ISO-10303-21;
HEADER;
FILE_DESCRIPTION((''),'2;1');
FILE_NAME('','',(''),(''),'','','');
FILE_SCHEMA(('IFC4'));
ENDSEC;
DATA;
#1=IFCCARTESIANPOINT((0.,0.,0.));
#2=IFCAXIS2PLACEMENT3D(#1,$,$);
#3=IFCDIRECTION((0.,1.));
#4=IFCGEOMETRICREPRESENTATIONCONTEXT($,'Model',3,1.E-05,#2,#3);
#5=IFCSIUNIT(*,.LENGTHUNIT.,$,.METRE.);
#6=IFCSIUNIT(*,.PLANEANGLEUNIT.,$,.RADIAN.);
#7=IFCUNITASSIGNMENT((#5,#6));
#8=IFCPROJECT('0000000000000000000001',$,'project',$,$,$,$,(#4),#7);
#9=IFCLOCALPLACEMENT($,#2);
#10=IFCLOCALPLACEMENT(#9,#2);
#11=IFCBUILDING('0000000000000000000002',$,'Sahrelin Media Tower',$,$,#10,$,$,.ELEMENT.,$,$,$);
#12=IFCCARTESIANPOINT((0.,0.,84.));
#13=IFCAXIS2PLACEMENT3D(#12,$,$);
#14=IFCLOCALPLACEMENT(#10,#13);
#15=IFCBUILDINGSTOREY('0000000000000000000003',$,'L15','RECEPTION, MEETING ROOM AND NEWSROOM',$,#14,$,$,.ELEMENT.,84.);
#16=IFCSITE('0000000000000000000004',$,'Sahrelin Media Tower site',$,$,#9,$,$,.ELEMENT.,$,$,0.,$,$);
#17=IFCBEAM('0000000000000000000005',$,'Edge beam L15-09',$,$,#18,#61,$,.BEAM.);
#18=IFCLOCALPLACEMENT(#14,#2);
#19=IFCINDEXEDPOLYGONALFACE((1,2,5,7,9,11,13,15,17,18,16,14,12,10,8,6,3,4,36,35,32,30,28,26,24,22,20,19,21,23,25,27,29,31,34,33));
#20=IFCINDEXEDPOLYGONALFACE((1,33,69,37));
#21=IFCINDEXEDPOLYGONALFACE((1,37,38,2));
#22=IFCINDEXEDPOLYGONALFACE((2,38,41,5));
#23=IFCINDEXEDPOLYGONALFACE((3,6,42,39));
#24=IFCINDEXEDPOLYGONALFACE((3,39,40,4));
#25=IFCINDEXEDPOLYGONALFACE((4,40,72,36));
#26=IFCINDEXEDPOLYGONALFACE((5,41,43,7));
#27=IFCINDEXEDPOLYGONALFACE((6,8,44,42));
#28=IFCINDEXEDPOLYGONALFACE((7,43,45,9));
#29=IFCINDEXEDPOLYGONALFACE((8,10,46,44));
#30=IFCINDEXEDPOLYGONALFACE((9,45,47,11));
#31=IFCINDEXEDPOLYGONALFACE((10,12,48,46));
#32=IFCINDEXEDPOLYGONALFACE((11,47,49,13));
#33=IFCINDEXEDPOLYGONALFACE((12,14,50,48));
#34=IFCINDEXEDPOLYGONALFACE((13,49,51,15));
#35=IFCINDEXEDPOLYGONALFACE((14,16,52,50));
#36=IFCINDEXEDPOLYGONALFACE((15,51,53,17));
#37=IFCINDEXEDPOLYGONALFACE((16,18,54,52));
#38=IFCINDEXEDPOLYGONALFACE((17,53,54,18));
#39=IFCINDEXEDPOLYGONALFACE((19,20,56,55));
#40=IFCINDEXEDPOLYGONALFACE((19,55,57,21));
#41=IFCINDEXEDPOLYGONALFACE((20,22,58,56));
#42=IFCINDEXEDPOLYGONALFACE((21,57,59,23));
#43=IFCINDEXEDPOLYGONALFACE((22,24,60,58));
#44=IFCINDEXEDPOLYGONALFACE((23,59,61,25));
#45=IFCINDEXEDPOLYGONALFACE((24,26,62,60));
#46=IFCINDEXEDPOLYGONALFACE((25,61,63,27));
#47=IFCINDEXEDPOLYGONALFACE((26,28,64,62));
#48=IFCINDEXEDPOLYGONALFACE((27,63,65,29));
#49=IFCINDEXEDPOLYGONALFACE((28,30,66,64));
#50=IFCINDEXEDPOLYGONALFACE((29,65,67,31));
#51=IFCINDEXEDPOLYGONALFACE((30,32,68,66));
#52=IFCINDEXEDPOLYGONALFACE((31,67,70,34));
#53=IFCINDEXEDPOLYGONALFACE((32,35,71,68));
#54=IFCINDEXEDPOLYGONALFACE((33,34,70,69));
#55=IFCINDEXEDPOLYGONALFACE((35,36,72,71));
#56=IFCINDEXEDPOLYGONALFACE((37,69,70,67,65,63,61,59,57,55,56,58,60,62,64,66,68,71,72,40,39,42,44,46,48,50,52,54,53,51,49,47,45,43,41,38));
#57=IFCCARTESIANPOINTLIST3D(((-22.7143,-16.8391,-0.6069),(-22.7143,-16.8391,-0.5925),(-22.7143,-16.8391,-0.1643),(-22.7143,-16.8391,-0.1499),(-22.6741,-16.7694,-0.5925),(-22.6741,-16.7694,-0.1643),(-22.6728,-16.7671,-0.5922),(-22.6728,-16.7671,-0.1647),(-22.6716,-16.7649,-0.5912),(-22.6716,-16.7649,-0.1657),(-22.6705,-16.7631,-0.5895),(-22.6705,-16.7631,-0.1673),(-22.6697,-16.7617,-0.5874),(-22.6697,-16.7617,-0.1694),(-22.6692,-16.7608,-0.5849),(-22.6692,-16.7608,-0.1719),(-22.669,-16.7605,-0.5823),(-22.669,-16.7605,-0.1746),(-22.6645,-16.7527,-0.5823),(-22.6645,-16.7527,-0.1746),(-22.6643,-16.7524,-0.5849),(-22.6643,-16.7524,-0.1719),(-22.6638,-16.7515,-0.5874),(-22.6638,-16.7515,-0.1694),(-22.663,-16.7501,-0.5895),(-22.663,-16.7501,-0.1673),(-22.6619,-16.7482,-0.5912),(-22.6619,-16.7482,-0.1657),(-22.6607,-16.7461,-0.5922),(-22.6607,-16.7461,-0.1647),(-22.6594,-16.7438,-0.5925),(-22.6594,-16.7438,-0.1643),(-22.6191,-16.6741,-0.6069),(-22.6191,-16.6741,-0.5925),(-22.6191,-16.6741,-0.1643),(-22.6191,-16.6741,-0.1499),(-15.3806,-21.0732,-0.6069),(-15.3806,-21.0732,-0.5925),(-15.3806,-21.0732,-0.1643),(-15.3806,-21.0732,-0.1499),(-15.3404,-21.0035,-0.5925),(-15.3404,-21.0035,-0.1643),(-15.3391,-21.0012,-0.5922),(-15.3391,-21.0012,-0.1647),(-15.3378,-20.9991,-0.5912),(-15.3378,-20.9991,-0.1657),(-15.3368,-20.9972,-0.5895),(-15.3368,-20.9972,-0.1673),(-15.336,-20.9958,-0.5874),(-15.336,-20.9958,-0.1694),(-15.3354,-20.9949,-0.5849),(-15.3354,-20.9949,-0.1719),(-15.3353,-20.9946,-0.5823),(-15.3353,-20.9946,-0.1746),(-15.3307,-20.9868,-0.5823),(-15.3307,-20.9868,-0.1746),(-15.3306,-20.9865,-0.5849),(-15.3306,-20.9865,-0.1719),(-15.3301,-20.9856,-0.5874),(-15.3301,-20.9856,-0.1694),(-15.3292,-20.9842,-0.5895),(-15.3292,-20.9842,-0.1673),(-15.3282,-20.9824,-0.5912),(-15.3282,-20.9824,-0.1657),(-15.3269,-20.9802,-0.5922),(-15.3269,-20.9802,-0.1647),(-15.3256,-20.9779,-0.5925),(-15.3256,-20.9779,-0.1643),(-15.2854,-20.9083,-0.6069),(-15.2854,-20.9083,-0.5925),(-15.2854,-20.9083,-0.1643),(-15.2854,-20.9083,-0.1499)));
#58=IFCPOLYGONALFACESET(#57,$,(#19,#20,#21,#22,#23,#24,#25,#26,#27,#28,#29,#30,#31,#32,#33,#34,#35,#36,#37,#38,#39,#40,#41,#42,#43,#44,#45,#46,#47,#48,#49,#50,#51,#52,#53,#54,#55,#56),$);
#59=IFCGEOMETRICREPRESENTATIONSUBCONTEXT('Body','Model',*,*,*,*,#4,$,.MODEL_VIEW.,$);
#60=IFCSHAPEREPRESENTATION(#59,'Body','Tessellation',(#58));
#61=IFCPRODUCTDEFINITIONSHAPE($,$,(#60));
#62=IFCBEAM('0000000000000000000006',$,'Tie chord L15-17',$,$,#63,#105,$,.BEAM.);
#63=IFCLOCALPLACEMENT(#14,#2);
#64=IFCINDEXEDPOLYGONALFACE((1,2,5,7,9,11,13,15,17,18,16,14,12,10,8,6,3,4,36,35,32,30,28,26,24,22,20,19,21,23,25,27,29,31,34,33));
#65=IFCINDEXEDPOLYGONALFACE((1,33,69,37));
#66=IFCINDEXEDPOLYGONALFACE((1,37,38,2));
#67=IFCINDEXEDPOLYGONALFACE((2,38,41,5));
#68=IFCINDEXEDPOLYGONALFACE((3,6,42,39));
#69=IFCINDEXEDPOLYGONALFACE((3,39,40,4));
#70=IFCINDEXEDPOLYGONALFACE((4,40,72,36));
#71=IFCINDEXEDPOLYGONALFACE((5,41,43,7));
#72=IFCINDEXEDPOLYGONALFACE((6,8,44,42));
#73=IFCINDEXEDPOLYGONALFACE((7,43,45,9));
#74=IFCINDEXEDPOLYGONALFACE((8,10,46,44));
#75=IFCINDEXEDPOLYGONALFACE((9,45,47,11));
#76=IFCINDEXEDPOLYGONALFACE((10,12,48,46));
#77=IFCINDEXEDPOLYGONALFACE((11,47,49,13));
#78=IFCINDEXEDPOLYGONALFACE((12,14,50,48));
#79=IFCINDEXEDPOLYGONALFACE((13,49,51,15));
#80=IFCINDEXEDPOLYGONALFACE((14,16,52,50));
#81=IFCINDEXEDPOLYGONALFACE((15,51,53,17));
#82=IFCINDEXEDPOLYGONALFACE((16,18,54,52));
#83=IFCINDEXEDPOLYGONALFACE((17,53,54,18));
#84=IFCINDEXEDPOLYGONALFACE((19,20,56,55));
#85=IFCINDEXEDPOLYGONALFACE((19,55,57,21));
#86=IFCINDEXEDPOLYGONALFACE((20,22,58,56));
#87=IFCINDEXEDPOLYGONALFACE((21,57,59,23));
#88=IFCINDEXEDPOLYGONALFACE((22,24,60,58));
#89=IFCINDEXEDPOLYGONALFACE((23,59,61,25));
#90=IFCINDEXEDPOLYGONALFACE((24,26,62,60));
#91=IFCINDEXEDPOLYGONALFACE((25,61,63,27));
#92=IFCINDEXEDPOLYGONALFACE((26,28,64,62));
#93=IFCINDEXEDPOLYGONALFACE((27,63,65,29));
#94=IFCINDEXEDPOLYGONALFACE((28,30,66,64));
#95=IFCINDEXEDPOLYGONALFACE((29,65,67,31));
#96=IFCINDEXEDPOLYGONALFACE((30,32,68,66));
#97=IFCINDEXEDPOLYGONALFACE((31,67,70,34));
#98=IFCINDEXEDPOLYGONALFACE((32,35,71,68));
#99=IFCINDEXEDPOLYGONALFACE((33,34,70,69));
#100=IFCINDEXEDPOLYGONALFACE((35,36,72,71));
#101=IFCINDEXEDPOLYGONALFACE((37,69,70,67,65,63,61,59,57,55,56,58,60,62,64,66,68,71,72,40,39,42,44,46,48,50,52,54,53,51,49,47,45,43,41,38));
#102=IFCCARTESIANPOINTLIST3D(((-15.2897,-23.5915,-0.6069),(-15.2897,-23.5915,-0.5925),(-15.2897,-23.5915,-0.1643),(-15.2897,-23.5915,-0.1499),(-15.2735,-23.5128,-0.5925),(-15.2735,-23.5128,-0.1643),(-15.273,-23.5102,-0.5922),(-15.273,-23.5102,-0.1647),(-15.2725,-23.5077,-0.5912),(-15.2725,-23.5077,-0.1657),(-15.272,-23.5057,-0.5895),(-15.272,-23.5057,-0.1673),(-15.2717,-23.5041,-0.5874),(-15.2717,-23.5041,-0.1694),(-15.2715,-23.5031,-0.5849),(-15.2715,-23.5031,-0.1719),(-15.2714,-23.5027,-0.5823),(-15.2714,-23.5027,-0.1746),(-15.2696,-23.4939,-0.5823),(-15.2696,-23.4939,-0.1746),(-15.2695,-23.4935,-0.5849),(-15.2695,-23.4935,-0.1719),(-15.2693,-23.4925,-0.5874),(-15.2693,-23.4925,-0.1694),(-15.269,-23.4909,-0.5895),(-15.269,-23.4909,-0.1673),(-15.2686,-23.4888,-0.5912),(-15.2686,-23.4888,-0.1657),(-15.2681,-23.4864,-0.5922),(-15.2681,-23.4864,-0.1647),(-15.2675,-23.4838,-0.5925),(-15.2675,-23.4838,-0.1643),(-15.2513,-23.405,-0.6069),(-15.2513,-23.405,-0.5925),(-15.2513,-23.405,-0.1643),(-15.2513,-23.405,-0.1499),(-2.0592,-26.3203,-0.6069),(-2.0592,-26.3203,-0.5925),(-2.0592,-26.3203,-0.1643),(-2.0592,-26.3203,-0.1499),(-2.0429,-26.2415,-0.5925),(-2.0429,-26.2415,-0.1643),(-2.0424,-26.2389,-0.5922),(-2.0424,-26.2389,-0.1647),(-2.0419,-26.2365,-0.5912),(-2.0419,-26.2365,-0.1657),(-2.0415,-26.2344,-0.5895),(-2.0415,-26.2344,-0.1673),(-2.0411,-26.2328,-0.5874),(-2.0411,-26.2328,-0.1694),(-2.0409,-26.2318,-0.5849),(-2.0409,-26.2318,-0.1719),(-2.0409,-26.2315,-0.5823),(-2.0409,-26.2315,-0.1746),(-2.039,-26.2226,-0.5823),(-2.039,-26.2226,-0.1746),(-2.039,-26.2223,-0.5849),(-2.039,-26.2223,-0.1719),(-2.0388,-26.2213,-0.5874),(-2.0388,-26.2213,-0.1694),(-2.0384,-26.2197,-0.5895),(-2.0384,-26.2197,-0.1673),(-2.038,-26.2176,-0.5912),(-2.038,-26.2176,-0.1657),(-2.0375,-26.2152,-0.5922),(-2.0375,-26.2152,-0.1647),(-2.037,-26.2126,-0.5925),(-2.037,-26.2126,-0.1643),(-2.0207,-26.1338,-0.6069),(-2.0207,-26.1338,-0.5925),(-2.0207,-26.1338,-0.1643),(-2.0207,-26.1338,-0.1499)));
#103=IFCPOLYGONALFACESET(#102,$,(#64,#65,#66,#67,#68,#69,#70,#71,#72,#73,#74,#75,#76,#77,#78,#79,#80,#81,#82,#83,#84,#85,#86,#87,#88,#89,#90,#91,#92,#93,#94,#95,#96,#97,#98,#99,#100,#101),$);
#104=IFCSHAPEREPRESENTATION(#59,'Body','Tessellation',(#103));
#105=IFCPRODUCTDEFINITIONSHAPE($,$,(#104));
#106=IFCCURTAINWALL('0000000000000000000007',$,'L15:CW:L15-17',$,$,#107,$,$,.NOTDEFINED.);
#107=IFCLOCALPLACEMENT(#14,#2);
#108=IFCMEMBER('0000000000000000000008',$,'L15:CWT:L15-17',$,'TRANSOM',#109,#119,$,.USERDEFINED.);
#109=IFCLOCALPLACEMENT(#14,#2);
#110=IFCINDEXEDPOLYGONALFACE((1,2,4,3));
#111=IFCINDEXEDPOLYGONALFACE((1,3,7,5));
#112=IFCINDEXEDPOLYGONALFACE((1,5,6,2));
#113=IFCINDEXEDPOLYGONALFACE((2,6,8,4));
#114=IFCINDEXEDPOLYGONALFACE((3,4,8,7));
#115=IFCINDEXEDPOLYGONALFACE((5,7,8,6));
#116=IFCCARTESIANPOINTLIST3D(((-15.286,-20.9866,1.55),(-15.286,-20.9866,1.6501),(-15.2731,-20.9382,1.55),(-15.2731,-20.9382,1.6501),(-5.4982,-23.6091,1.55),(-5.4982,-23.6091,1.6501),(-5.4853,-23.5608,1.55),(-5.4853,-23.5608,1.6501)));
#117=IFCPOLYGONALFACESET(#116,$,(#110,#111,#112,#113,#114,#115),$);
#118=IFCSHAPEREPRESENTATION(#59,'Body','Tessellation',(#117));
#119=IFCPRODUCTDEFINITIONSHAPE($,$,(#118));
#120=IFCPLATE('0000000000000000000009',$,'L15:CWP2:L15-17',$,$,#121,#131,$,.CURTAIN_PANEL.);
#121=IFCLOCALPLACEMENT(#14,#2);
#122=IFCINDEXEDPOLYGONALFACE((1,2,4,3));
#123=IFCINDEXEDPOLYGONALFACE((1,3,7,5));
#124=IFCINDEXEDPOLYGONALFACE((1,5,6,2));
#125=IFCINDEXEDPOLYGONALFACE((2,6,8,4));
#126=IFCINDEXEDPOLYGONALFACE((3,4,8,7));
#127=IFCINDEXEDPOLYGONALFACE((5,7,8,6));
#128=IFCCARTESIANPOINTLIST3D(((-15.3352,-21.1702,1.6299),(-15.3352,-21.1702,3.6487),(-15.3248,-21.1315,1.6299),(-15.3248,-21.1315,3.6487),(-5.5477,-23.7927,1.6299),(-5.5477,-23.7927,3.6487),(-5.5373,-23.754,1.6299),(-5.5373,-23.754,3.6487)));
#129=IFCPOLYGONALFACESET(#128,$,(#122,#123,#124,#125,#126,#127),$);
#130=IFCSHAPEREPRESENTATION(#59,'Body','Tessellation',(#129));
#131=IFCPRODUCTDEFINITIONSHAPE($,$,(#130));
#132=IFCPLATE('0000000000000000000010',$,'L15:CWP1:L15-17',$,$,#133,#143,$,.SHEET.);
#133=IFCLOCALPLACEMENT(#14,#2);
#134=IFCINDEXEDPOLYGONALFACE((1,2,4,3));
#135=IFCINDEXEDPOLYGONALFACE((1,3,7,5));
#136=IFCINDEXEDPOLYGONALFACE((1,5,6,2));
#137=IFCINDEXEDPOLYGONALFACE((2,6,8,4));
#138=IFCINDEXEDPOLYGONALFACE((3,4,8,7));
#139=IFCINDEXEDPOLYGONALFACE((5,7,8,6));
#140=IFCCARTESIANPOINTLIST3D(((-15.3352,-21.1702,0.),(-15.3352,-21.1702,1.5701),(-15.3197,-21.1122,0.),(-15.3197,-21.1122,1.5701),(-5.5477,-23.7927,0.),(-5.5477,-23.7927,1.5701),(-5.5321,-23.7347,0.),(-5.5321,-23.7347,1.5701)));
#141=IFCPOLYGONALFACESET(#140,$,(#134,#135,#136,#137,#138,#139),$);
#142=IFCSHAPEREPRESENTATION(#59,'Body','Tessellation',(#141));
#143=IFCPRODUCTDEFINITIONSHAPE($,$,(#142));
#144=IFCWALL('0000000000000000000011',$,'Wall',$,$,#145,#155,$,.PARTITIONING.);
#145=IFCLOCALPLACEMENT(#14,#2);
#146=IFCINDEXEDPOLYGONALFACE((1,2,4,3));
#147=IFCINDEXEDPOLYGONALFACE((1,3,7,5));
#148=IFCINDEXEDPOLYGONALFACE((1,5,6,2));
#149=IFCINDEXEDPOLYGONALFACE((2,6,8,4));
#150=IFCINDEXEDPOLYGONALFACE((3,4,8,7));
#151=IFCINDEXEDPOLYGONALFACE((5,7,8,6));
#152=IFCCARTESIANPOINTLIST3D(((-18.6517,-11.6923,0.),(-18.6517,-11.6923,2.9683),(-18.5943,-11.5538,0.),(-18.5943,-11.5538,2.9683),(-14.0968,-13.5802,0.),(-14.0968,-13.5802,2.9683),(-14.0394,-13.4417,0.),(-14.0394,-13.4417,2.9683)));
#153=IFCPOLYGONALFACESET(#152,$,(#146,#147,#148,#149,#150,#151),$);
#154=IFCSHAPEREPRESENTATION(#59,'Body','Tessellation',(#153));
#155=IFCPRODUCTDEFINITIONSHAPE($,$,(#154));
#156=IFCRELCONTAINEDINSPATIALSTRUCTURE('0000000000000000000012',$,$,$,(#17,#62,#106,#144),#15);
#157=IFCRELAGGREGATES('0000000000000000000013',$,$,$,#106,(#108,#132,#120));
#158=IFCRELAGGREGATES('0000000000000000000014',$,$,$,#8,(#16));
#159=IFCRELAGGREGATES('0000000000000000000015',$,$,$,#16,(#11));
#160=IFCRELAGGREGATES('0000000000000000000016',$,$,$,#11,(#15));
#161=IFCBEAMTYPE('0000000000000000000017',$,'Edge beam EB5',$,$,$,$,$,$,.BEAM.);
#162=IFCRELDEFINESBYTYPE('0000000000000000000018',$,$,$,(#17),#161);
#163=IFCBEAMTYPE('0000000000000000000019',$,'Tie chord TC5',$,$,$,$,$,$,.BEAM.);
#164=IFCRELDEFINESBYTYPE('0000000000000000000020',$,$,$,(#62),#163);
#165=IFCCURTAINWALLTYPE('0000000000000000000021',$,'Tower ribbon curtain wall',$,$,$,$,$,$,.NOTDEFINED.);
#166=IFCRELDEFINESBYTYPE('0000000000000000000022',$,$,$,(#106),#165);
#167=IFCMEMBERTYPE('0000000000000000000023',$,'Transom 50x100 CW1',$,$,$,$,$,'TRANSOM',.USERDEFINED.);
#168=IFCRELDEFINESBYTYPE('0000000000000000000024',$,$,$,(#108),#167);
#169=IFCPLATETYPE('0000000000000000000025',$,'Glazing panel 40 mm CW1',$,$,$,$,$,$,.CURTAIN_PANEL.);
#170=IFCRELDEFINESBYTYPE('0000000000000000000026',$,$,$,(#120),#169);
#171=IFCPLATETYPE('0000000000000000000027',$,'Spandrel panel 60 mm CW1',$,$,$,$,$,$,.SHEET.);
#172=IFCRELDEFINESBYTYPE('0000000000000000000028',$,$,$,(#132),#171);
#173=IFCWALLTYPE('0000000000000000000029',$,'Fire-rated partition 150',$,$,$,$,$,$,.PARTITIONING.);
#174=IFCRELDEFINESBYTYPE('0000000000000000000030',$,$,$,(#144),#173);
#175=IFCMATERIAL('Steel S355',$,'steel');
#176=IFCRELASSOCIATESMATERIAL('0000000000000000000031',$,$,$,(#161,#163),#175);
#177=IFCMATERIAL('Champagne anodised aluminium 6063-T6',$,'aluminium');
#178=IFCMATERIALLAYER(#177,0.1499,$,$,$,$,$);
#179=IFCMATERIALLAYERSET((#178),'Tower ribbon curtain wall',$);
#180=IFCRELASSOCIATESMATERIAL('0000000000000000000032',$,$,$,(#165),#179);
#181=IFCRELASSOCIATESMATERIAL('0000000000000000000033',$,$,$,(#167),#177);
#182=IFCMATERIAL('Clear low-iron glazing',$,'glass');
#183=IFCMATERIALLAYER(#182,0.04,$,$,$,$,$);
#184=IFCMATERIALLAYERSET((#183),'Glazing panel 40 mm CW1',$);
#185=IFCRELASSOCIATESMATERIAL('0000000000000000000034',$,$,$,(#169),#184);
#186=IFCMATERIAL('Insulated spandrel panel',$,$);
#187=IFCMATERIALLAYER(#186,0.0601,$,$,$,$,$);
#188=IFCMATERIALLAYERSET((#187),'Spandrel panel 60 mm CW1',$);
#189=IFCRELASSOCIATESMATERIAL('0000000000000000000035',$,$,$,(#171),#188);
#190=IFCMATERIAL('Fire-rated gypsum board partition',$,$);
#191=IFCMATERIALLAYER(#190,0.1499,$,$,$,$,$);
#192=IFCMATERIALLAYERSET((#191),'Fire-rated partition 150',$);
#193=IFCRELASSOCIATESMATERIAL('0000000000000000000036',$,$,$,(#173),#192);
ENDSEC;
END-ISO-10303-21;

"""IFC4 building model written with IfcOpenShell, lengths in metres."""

from ifc_helpers import new_model, si_unit, direction, frame, frame_2d, origin, origin_2d, place, context, subcontext, project, spatial, polyline, rectangle, i_section, outline, extrude, material, layer, layer_set, material_profile, profile_set, type_object, element, aggregate, save


model = new_model("IFC4")

# Units and contexts
model_context = context("Model", 3, precision=1e-05, world=origin(), true_north=direction((0.0, 1.0)))
body_context = subcontext(model_context, "Body", "Model", "MODEL_VIEW")
ifc_project = project(units=[si_unit("LENGTHUNIT", "METRE"), si_unit("PLANEANGLEUNIT", "RADIAN")], contexts=[model_context])

# Site, building, storey
site_placement = place(None, origin())
site = spatial("IfcSite", under=ifc_project, at=site_placement, Name="Sahrelin Media Tower site", CompositionType="ELEMENT", RefElevation=0.0)
building_placement = place(site_placement, origin())
building = spatial("IfcBuilding", under=site, at=building_placement, Name="Sahrelin Media Tower", CompositionType="ELEMENT")
storey_placement = place(building_placement, frame((0.0, 0.0, 84.0)))
storey = spatial("IfcBuildingStorey", under=building, at=storey_placement, Name="L15", Description="RECEPTION, MEETING ROOM AND NEWSROOM", CompositionType="ELEMENT", Elevation=84.0)

# Beams
ifc_material_1 = material(Name="Steel S355", Category="steel")
ifc_material_profile_1 = material_profile(ifc_material_1, i_section(OverallWidth=0.1904, OverallDepth=0.457, WebThickness=0.009, FlangeThickness=0.0144, FilletRadius=0.0103, at=origin_2d()), Name="UB 457x191x74")
ifc_profile_set_1 = profile_set([ifc_material_profile_1], Name="Steel S355")
beam_type_1 = type_object("IfcBeamType", Name="Edge beam EB5", PredefinedType="BEAM", material=ifc_profile_set_1)
beam_1_placement = place(storey_placement, frame((-15.333, -20.9907, -0.3784), z_axis=(-0.866026, 0.499999, 0.0), x_axis=(-0.499999, -0.866026, 0.0)))
element("IfcBeam", 1, at=beam_1_placement, inside=storey, type_object=beam_type_1, Name="Edge beam L15-09", PredefinedType="BEAM", context=body_context, shape_type="SweptSolid", body=[
    extrude(i_section(OverallWidth=0.1904, OverallDepth=0.457, WebThickness=0.009, FlangeThickness=0.0144, FilletRadius=0.0103, at=origin_2d()), origin(), (0.0, 0.0, 1.0), 8.4683),
])
ifc_material_profile_2 = material_profile(ifc_material_1, i_section(OverallWidth=0.1904, OverallDepth=0.457, WebThickness=0.009, FlangeThickness=0.0144, FilletRadius=0.0103, at=origin_2d()), Name="UB 457x191x74")
ifc_profile_set_2 = profile_set([ifc_material_profile_2], Name="Steel S355")
beam_type_2 = type_object("IfcBeamType", Name="Tie chord TC5", PredefinedType="BEAM", material=ifc_profile_set_2)
beam_2_placement = place(storey_placement, frame((-15.2705, -23.4983, -0.3784), z_axis=(0.979386, -0.201997, 0.0), x_axis=(0.201997, 0.979386, 0.0)))
element("IfcBeam", 2, at=beam_2_placement, inside=storey, type_object=beam_type_2, Name="Tie chord L15-17", PredefinedType="BEAM", context=body_context, shape_type="SweptSolid", body=[
    extrude(i_section(OverallWidth=0.1904, OverallDepth=0.457, WebThickness=0.009, FlangeThickness=0.0144, FilletRadius=0.0103, at=origin_2d()), origin(), (0.0, 0.0, 1.0), 13.509),
])

# Curtain wall, member, plates
ifc_material_2 = material(Name="Champagne anodised aluminium 6063-T6", Category="aluminium")
ifc_layer_1 = layer(ifc_material_2, 0.1499)
ifc_layer_set_1 = layer_set([ifc_layer_1], Name="Tower ribbon curtain wall")
curtain_wall_type = type_object("IfcCurtainWallType", Name="Tower ribbon curtain wall", PredefinedType="NOTDEFINED", material=ifc_layer_set_1)
curtain_wall_placement = place(storey_placement, frame((-10.4363, -22.4622, 0.0), z_axis=(0.0, 0.0, 1.0), x_axis=(1.0, 0.0, 0.0)))
curtain_wall = element("IfcCurtainWall", 3, at=curtain_wall_placement, inside=storey, type_object=curtain_wall_type, Name="L15:CW:L15-17", PredefinedType="NOTDEFINED")
ifc_material_profile_3 = material_profile(ifc_material_2, rectangle(XDim=0.05, YDim=0.1001, at=origin_2d()), Name="Transom 50x100")
ifc_profile_set_3 = profile_set([ifc_material_profile_3], Name="Champagne anodised aluminium 6063-T6")
member_type = type_object("IfcMemberType", Name="Transom 50x100 CW1", ElementType="TRANSOM", PredefinedType="USERDEFINED", material=ifc_profile_set_3)
member_placement = place(storey_placement, frame((-15.2795, -20.9624, 1.6001), z_axis=(0.965928, -0.258811, 0.0), x_axis=(0.258811, 0.965928, 0.0)))
member = element("IfcMember", 4, at=member_placement, type_object=member_type, Name="L15:CWT:L15-17", ObjectType="TRANSOM", PredefinedType="USERDEFINED", context=body_context, shape_type="SweptSolid", body=[
    extrude(rectangle(XDim=0.05, YDim=0.1001, at=origin_2d()), origin(), (0.0, 0.0, 1.0), 10.1331),
])
ifc_material_3 = material(Name="Clear low-iron glazing", Category="glass")
ifc_layer_2 = layer(ifc_material_3, 0.04)
ifc_layer_set_2 = layer_set([ifc_layer_2], Name="Glazing panel 40 mm CW1")
plate_type_1 = type_object("IfcPlateType", Name="Glazing panel 40 mm CW1", PredefinedType="CURTAIN_PANEL", material=ifc_layer_set_2)
plate_1_placement = place(storey_placement, frame((-15.3352, -21.1702, 1.6299), z_axis=(-0.258817, -0.965926, 0.0), x_axis=(0.965926, -0.258817, 0.0)))
plate_1 = element("IfcPlate", 5, at=plate_1_placement, type_object=plate_type_1, Name="L15:CWP2:L15-17", PredefinedType="CURTAIN_PANEL", context=body_context, shape_type="SweptSolid", body=[
    extrude(outline(polyline([(0.0, 0.0), (10.1328, 0.0), (10.1328, 2.0188), (0.0, 2.0188), (0.0, 0.0)])), origin(), (0.0, 0.0, -1.0), 0.04),
])
ifc_material_4 = material(Name="Insulated spandrel panel")
ifc_layer_3 = layer(ifc_material_4, 0.0601)
ifc_layer_set_3 = layer_set([ifc_layer_3], Name="Spandrel panel 60 mm CW1")
plate_type_2 = type_object("IfcPlateType", Name="Spandrel panel 60 mm CW1", PredefinedType="SHEET", material=ifc_layer_set_3)
plate_2_placement = place(storey_placement, frame((-15.3352, -21.1702, 0.0), z_axis=(-0.258817, -0.965926, 0.0), x_axis=(0.965926, -0.258817, 0.0)))
plate_2 = element("IfcPlate", 6, at=plate_2_placement, type_object=plate_type_2, Name="L15:CWP1:L15-17", PredefinedType="SHEET", context=body_context, shape_type="SweptSolid", body=[
    extrude(outline(polyline([(0.0, 0.0), (10.1328, 0.0), (10.1328, 1.5701), (0.0, 1.5701), (0.0, 0.0)])), origin(), (0.0, 0.0, -1.0), 0.0601),
])
aggregate(curtain_wall, [member, plate_2, plate_1])

# Wall
ifc_material_5 = material(Name="Fire-rated gypsum board partition")
ifc_layer_4 = layer(ifc_material_5, 0.1499)
ifc_layer_set_4 = layer_set([ifc_layer_4], Name="Fire-rated partition 150")
wall_type_1 = type_object("IfcWallType", Name="Fire-rated partition 150", PredefinedType="PARTITIONING", material=ifc_layer_set_4)
wall_1_placement = place(storey_placement, frame((-18.623, -11.623, 0.0), z_axis=(0.0, 0.0, 1.0), x_axis=(0.923792, -0.382895, 0.0)))
element("IfcWall", 7, at=wall_1_placement, inside=storey, type_object=wall_type_1, Name="Wall", PredefinedType="PARTITIONING", context=body_context, shape_type="SweptSolid", body=[
    extrude(rectangle(XDim=4.9307, YDim=0.1499, at=frame_2d((2.4653, 0.0))), origin(), (0.0, 0.0, 1.0), 2.9683),
])

save(model, "model.ifc")
